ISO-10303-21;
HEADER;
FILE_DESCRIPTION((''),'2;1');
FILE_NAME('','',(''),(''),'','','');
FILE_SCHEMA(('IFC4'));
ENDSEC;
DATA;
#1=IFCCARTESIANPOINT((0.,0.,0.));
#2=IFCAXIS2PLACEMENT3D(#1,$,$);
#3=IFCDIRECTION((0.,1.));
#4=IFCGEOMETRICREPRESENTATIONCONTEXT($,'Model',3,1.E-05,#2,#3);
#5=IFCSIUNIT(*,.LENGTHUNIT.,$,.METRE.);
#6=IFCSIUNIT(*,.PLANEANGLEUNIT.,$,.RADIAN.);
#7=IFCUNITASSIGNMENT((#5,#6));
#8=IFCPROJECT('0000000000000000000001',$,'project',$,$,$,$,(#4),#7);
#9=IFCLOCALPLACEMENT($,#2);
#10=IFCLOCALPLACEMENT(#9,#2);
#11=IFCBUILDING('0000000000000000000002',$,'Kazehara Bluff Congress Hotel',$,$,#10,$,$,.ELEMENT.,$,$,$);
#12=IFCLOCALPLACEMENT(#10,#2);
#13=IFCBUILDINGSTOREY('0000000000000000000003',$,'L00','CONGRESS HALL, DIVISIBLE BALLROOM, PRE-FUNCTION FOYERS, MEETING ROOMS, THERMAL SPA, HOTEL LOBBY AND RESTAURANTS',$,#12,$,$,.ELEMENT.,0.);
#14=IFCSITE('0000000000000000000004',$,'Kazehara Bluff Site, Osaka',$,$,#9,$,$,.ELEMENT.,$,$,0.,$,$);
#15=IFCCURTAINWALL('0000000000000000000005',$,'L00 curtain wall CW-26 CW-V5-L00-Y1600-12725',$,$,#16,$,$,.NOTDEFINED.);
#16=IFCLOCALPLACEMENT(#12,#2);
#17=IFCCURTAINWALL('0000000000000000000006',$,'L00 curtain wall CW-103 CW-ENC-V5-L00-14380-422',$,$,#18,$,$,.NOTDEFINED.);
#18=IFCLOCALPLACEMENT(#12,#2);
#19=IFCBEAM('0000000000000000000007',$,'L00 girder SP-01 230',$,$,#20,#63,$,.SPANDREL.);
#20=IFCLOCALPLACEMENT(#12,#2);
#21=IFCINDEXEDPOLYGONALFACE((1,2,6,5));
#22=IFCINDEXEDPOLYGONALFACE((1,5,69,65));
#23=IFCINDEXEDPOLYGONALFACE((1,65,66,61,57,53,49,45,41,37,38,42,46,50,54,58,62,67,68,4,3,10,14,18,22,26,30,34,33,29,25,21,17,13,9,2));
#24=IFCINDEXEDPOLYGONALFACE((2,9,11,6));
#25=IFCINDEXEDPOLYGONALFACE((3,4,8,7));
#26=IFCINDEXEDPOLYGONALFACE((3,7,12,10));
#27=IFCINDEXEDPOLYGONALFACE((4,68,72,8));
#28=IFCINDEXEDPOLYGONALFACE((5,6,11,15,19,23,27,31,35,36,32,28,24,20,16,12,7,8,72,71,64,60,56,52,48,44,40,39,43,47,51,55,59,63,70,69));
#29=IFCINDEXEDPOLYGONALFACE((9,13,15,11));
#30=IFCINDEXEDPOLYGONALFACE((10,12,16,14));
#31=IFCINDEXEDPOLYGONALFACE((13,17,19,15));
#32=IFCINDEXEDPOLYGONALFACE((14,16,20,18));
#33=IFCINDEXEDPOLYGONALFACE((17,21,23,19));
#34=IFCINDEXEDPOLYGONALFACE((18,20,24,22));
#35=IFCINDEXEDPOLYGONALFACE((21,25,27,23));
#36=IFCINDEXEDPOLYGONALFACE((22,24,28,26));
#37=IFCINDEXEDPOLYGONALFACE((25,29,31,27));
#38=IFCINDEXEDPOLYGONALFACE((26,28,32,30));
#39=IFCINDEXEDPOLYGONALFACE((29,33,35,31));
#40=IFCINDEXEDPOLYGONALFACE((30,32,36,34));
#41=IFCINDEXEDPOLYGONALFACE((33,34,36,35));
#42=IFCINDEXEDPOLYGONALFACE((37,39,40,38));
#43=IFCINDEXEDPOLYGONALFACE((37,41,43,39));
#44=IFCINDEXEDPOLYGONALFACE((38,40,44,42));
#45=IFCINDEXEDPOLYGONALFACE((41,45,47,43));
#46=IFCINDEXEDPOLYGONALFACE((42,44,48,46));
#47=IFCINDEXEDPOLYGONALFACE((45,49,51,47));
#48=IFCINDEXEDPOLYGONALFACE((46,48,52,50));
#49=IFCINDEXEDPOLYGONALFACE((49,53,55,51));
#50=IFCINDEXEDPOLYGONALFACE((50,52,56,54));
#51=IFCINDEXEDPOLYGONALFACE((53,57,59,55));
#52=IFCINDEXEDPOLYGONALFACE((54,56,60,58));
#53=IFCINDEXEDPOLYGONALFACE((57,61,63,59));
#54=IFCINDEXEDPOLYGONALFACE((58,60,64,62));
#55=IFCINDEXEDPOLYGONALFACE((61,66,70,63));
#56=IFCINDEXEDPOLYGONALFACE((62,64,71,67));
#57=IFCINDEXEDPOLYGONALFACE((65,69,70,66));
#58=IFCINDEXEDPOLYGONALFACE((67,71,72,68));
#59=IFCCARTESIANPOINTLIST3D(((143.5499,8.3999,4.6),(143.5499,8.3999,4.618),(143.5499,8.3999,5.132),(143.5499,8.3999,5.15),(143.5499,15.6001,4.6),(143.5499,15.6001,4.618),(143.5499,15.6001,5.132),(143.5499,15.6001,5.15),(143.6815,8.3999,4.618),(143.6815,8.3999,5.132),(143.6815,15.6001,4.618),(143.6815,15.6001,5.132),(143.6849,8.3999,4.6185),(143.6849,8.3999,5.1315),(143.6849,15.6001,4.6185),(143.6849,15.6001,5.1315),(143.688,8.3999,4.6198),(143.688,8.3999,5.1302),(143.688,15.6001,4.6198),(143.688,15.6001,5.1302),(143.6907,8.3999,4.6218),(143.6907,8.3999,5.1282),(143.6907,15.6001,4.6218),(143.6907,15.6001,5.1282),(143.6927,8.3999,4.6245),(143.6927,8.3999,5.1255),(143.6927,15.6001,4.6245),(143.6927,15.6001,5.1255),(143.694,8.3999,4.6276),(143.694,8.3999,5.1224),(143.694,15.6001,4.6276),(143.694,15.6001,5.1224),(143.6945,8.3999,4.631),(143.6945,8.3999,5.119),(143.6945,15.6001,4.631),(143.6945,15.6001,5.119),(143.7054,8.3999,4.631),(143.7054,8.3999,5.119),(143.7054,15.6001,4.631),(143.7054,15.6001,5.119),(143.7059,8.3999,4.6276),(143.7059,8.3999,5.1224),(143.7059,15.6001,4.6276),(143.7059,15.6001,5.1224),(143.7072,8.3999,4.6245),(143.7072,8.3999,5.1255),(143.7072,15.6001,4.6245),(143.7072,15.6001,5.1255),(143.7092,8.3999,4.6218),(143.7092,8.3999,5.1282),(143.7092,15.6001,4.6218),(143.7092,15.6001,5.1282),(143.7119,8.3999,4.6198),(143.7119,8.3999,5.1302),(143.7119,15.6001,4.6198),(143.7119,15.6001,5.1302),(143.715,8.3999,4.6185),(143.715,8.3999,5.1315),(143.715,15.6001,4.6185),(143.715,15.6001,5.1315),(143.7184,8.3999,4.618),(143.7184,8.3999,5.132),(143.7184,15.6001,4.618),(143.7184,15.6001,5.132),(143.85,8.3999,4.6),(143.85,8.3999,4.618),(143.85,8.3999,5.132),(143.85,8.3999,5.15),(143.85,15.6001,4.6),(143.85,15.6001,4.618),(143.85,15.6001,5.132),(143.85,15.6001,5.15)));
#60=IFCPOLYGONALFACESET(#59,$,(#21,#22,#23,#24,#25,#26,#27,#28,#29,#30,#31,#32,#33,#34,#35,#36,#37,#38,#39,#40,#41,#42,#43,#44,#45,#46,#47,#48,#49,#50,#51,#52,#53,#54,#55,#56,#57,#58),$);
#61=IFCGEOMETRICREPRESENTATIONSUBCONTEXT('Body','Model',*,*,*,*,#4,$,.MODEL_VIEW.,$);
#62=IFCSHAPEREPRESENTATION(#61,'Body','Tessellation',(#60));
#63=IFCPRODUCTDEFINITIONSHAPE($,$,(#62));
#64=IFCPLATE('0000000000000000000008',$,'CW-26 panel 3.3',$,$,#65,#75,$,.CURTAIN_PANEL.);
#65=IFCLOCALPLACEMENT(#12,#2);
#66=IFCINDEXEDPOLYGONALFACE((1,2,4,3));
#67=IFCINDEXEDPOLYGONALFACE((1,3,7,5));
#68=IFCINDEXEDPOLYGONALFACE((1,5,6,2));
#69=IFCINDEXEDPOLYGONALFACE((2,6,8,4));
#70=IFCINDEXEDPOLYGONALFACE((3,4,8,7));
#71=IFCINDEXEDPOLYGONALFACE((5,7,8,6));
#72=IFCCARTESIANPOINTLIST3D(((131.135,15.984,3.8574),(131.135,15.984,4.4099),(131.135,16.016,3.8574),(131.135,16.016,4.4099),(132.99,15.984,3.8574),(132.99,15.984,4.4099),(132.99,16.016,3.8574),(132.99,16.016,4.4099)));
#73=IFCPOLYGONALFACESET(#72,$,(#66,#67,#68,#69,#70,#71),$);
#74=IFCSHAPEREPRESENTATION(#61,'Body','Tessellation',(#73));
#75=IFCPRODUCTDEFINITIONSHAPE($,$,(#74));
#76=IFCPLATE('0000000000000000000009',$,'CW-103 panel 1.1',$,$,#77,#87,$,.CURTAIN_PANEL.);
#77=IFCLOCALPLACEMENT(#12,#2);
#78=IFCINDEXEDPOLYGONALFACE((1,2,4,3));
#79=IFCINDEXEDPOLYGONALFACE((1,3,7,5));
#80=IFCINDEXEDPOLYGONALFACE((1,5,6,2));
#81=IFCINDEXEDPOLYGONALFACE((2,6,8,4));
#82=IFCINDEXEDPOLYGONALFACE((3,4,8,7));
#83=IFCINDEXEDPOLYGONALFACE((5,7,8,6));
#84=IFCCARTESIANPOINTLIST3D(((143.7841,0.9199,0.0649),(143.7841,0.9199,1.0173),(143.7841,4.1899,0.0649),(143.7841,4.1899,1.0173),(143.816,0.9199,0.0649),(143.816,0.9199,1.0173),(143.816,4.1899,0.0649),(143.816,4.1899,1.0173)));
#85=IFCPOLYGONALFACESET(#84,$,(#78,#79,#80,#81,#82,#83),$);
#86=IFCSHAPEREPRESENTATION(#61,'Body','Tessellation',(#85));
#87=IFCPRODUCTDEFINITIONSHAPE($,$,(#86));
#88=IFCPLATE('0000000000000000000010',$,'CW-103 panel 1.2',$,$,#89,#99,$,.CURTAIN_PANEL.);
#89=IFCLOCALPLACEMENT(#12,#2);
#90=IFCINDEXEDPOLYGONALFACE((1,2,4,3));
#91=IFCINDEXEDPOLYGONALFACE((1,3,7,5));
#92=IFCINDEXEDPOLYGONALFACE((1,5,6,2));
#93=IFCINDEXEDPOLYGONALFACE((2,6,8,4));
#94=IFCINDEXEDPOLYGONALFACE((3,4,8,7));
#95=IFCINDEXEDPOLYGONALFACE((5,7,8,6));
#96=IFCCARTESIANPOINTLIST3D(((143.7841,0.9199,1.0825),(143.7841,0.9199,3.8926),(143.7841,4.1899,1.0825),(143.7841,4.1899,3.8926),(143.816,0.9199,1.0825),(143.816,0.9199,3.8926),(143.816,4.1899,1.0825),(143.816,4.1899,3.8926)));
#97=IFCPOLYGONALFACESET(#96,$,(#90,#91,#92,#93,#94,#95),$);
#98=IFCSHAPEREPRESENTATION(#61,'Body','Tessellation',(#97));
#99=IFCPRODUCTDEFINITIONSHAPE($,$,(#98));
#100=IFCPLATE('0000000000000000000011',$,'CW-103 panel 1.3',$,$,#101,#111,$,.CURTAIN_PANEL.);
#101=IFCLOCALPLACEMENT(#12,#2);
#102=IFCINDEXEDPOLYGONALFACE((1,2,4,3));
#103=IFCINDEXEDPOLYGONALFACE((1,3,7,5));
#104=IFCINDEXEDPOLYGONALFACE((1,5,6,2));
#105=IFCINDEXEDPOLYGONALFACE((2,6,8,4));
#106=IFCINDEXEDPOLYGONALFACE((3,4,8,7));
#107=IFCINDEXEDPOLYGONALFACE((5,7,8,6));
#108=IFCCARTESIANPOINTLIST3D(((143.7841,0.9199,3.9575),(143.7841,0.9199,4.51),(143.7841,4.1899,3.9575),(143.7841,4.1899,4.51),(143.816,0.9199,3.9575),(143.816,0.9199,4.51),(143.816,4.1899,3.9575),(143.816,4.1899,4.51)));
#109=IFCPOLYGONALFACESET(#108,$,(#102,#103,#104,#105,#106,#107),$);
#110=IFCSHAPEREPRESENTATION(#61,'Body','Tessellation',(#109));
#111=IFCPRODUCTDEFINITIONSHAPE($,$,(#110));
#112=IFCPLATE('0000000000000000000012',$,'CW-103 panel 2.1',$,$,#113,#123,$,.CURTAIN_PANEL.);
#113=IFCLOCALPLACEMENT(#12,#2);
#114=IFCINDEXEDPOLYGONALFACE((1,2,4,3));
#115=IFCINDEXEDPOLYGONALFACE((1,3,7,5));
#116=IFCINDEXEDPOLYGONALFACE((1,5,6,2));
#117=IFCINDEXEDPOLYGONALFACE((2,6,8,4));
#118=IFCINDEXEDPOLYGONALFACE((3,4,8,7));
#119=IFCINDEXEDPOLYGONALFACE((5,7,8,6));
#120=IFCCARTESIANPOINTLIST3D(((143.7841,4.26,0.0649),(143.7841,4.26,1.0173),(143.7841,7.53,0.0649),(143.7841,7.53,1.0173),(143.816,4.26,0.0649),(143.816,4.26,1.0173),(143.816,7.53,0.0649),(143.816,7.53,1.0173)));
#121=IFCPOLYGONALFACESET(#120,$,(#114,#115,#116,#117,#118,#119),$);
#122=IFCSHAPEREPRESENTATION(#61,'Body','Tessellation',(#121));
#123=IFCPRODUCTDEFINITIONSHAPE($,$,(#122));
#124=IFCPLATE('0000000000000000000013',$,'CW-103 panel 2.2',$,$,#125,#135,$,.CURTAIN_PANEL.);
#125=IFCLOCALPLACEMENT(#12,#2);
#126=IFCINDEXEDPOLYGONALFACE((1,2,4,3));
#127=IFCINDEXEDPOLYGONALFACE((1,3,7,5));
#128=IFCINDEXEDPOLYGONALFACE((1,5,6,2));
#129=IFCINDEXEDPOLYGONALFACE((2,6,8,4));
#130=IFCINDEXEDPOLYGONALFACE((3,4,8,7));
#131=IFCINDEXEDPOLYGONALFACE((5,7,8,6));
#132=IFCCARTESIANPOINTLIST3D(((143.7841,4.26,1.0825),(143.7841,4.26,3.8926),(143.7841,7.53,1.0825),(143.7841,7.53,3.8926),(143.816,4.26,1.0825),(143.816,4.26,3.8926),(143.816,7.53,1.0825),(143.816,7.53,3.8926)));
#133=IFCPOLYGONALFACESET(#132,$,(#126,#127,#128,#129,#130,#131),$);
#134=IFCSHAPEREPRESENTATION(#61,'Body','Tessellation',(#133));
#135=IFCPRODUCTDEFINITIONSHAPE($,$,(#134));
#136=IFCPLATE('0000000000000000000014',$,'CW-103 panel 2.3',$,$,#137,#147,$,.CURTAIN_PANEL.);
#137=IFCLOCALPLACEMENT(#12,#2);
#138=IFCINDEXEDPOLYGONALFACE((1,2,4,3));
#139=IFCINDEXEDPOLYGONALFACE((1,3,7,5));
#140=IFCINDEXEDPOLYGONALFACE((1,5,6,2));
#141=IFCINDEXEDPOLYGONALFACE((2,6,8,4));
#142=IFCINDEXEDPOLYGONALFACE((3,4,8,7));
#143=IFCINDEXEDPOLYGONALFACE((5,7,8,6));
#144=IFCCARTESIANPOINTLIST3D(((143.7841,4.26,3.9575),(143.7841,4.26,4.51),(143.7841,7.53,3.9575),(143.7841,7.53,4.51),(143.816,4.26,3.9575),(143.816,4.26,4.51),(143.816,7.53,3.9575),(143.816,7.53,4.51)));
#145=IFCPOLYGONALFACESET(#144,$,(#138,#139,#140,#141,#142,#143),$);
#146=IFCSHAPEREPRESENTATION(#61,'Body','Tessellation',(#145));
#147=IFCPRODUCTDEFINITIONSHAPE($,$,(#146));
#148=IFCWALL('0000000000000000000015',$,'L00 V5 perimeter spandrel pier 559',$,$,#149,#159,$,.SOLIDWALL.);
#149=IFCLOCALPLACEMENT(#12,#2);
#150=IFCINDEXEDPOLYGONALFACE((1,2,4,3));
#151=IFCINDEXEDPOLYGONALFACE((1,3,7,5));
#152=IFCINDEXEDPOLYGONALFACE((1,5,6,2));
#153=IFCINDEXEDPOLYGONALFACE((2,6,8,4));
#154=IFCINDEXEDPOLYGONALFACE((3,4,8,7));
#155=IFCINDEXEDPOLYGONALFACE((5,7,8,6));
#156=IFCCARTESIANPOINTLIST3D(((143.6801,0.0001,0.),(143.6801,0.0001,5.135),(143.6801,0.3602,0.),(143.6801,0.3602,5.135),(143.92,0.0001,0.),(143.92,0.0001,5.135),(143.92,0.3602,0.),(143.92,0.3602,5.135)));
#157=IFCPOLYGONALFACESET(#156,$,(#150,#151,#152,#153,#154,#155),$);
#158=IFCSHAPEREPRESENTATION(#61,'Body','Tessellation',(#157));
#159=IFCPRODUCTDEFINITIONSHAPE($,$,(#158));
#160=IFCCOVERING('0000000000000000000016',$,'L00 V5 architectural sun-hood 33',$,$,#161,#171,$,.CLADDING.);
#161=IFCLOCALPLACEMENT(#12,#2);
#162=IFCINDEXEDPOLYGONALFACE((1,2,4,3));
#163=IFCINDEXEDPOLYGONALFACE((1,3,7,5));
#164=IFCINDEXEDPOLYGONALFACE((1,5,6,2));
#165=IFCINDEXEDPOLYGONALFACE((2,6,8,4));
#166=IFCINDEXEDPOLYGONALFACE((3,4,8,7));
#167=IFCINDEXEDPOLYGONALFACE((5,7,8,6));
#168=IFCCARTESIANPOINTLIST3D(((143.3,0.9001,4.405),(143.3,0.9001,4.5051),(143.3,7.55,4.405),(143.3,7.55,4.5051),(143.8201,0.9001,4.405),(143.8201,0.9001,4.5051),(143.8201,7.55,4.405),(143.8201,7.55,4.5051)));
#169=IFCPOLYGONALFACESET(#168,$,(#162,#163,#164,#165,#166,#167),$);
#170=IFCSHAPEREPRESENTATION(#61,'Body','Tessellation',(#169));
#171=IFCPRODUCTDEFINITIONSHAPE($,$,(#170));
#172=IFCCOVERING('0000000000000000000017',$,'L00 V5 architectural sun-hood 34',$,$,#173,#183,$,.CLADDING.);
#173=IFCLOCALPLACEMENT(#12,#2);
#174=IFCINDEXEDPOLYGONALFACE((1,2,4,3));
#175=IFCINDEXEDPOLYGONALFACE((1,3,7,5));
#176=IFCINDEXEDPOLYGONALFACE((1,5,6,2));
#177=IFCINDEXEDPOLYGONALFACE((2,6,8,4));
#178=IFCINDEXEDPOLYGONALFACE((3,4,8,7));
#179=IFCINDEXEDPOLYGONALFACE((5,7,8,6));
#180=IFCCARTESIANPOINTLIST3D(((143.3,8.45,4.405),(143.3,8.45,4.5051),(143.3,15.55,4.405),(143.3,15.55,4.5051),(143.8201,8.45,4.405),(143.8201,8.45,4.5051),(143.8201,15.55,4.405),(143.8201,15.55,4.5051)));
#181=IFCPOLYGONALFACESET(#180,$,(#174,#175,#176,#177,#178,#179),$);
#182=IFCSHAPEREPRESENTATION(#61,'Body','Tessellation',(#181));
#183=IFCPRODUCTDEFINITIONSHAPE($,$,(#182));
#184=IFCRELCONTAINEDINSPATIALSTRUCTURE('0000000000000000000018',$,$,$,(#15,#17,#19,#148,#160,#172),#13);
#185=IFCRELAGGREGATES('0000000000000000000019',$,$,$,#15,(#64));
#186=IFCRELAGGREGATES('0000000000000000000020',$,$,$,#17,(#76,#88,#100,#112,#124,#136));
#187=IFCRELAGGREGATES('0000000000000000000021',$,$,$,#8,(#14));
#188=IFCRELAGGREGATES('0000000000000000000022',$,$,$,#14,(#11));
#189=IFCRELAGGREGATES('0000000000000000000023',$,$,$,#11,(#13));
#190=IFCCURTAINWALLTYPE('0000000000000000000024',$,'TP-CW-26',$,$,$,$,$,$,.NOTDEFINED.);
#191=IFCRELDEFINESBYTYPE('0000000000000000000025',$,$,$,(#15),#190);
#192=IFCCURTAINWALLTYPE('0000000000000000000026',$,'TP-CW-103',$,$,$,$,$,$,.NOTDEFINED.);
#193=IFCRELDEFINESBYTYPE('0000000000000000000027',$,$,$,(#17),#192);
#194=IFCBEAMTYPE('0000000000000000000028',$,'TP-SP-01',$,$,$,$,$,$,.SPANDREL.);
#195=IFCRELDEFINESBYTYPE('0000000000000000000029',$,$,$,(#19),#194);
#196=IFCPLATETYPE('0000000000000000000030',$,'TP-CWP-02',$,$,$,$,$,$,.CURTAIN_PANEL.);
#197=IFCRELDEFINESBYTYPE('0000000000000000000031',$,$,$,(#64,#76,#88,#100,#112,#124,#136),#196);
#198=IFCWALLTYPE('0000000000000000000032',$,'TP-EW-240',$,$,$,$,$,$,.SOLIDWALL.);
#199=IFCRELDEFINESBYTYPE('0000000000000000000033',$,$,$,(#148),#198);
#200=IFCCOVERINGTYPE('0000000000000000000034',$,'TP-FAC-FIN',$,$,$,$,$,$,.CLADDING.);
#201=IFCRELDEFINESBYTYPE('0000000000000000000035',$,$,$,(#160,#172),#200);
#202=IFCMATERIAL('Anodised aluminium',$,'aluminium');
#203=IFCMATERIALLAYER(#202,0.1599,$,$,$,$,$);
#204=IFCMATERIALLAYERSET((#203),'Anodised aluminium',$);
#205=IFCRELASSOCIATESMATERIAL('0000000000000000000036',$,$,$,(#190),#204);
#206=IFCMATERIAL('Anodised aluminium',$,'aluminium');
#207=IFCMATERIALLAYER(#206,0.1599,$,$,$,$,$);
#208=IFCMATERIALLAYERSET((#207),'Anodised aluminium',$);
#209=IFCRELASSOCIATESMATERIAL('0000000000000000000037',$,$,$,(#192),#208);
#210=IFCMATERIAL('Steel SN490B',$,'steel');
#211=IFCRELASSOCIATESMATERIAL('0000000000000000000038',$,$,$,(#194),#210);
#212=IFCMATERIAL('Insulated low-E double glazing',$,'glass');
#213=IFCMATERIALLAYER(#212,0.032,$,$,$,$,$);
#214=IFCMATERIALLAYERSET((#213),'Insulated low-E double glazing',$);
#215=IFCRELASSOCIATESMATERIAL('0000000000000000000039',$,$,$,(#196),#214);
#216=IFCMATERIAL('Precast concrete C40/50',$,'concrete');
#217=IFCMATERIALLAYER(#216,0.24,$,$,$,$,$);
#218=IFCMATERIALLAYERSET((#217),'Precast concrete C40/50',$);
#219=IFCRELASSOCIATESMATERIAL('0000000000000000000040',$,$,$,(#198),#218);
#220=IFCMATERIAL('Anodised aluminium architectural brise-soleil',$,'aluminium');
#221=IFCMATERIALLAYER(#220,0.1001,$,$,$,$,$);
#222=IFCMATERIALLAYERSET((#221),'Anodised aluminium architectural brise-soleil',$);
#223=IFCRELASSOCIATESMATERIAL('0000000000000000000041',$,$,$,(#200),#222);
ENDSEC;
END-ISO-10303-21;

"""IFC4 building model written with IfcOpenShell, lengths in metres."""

from ifc_helpers import new_model, si_unit, direction, frame, frame_2d, origin, origin_2d, place, context, subcontext, project, spatial, rectangle, i_section, extrude, material, layer, layer_set, material_profile, profile_set, type_object, element, aggregate, save


model = new_model("IFC4")

# Units and contexts
model_context = context("Model", 3, precision=1e-05, world=origin(), true_north=direction((0.0, 1.0)))
body_context = subcontext(model_context, "Body", "Model", "MODEL_VIEW")
ifc_project = project(units=[si_unit("LENGTHUNIT", "METRE"), si_unit("PLANEANGLEUNIT", "RADIAN")], contexts=[model_context])

# Site, building, storey
site_placement = place(None, origin())
site = spatial("IfcSite", under=ifc_project, at=site_placement, Name="Kazehara Bluff Site, Osaka", CompositionType="ELEMENT", RefElevation=0.0)
building_placement = place(site_placement, origin())
building = spatial("IfcBuilding", under=site, at=building_placement, Name="Kazehara Bluff Congress Hotel", CompositionType="ELEMENT")
storey_placement = place(building_placement, origin())
storey = spatial("IfcBuildingStorey", under=building, at=storey_placement, Name="L00", Description="CONGRESS HALL, DIVISIBLE BALLROOM, PRE-FUNCTION FOYERS, MEETING ROOMS, THERMAL SPA, HOTEL LOBBY AND RESTAURANTS", CompositionType="ELEMENT", Elevation=0.0)

# Curtain wall
ifc_material_1 = material(Name="Anodised aluminium", Category="aluminium")
ifc_layer_1 = layer(ifc_material_1, 0.1599)
ifc_layer_set_1 = layer_set([ifc_layer_1], Name="Anodised aluminium")
curtain_wall_type_1 = type_object("IfcCurtainWallType", Name="TP-CW-26", PredefinedType="NOTDEFINED", material=ifc_layer_set_1)
curtain_wall_1_placement = place(storey_placement, origin())
curtain_wall_1 = element("IfcCurtainWall", 1, at=curtain_wall_1_placement, inside=storey, type_object=curtain_wall_type_1, Name="L00 curtain wall CW-26 CW-V5-L00-Y1600-12725", PredefinedType="NOTDEFINED")

# Curtain wall
ifc_material_2 = material(Name="Anodised aluminium", Category="aluminium")
ifc_layer_2 = layer(ifc_material_2, 0.1599)
ifc_layer_set_2 = layer_set([ifc_layer_2], Name="Anodised aluminium")
curtain_wall_type_2 = type_object("IfcCurtainWallType", Name="TP-CW-103", PredefinedType="NOTDEFINED", material=ifc_layer_set_2)
curtain_wall_2_placement = place(storey_placement, origin())
curtain_wall_2 = element("IfcCurtainWall", 2, at=curtain_wall_2_placement, inside=storey, type_object=curtain_wall_type_2, Name="L00 curtain wall CW-103 CW-ENC-V5-L00-14380-422", PredefinedType="NOTDEFINED")

# Beam
ifc_material_3 = material(Name="Steel SN490B", Category="steel")
ifc_material_profile_1 = material_profile(ifc_material_3, i_section(OverallWidth=0.3, OverallDepth=0.55, WebThickness=0.011, FlangeThickness=0.0181, FilletRadius=0.0129, at=origin_2d()))
ifc_profile_set_1 = profile_set([ifc_material_profile_1], Name="Steel SN490B")
beam_type = type_object("IfcBeamType", Name="TP-SP-01", PredefinedType="SPANDREL", material=ifc_profile_set_1)
beam_1_placement = place(storey_placement, frame((143.7, 8.3999, 4.875), z_axis=(0.0, 1.0, 0.0), x_axis=(-1.0, 0.0, 0.0)))
element("IfcBeam", 3, at=beam_1_placement, inside=storey, type_object=beam_type, Name="L00 girder SP-01 230", PredefinedType="SPANDREL", context=body_context, shape_type="SweptSolid", body=[
    extrude(i_section(OverallWidth=0.3, OverallDepth=0.55, WebThickness=0.011, FlangeThickness=0.0181, FilletRadius=0.0129, at=origin_2d()), origin(), (0.0, 0.0, 1.0), 7.2002),
])

# Plates
ifc_material_4 = material(Name="Insulated low-E double glazing", Category="glass")
ifc_layer_3 = layer(ifc_material_4, 0.032)
ifc_layer_set_3 = layer_set([ifc_layer_3], Name="Insulated low-E double glazing")
plate_type = type_object("IfcPlateType", Name="TP-CWP-02", PredefinedType="CURTAIN_PANEL", material=ifc_layer_set_3)
plate_1_placement = place(storey_placement, frame((132.0625, 16.0, 3.8574), z_axis=(0.0, 0.0, 1.0), x_axis=(1.0, 0.0, 0.0)))
plate_1 = element("IfcPlate", 4, at=plate_1_placement, type_object=plate_type, Name="CW-26 panel 3.3", PredefinedType="CURTAIN_PANEL", context=body_context, shape_type="SweptSolid", body=[
    extrude(rectangle(XDim=1.855, YDim=0.032, at=origin_2d()), origin(), (0.0, 0.0, 1.0), 0.5525),
])
aggregate(curtain_wall_1, [plate_1])
plate_2_placement = place(storey_placement, frame((143.8, 2.5549, 0.0649), z_axis=(0.0, 0.0, 1.0), x_axis=(0.0, 1.0, 0.0)))
plate_2 = element("IfcPlate", 5, at=plate_2_placement, type_object=plate_type, Name="CW-103 panel 1.1", PredefinedType="CURTAIN_PANEL", context=body_context, shape_type="SweptSolid", body=[
    extrude(rectangle(XDim=3.27, YDim=0.032, at=origin_2d()), origin(), (0.0, 0.0, 1.0), 0.9524),
])
plate_3_placement = place(storey_placement, frame((143.8, 2.5549, 1.0825), z_axis=(0.0, 0.0, 1.0), x_axis=(0.0, 1.0, 0.0)))
plate_3 = element("IfcPlate", 6, at=plate_3_placement, type_object=plate_type, Name="CW-103 panel 1.2", PredefinedType="CURTAIN_PANEL", context=body_context, shape_type="SweptSolid", body=[
    extrude(rectangle(XDim=3.27, YDim=0.032, at=origin_2d()), origin(), (0.0, 0.0, 1.0), 2.8101),
])
plate_4_placement = place(storey_placement, frame((143.8, 2.5549, 3.9575), z_axis=(0.0, 0.0, 1.0), x_axis=(0.0, 1.0, 0.0)))
plate_4 = element("IfcPlate", 7, at=plate_4_placement, type_object=plate_type, Name="CW-103 panel 1.3", PredefinedType="CURTAIN_PANEL", context=body_context, shape_type="SweptSolid", body=[
    extrude(rectangle(XDim=3.27, YDim=0.032, at=origin_2d()), origin(), (0.0, 0.0, 1.0), 0.5525),
])
plate_5_placement = place(storey_placement, frame((143.8, 5.895, 0.0649), z_axis=(0.0, 0.0, 1.0), x_axis=(0.0, 1.0, 0.0)))
plate_5 = element("IfcPlate", 8, at=plate_5_placement, type_object=plate_type, Name="CW-103 panel 2.1", PredefinedType="CURTAIN_PANEL", context=body_context, shape_type="SweptSolid", body=[
    extrude(rectangle(XDim=3.27, YDim=0.032, at=origin_2d()), origin(), (0.0, 0.0, 1.0), 0.9524),
])
plate_6_placement = place(storey_placement, frame((143.8, 5.895, 1.0825), z_axis=(0.0, 0.0, 1.0), x_axis=(0.0, 1.0, 0.0)))
plate_6 = element("IfcPlate", 9, at=plate_6_placement, type_object=plate_type, Name="CW-103 panel 2.2", PredefinedType="CURTAIN_PANEL", context=body_context, shape_type="SweptSolid", body=[
    extrude(rectangle(XDim=3.27, YDim=0.032, at=origin_2d()), origin(), (0.0, 0.0, 1.0), 2.8101),
])
plate_7_placement = place(storey_placement, frame((143.8, 5.895, 3.9575), z_axis=(0.0, 0.0, 1.0), x_axis=(0.0, 1.0, 0.0)))
plate_7 = element("IfcPlate", 10, at=plate_7_placement, type_object=plate_type, Name="CW-103 panel 2.3", PredefinedType="CURTAIN_PANEL", context=body_context, shape_type="SweptSolid", body=[
    extrude(rectangle(XDim=3.27, YDim=0.032, at=origin_2d()), origin(), (0.0, 0.0, 1.0), 0.5525),
])
aggregate(curtain_wall_2, [plate_2, plate_3, plate_4, plate_5, plate_6, plate_7])

# Wall
ifc_material_5 = material(Name="Precast concrete C40/50", Category="concrete")
ifc_layer_4 = layer(ifc_material_5, 0.24)
ifc_layer_set_4 = layer_set([ifc_layer_4], Name="Precast concrete C40/50")
wall_type = type_object("IfcWallType", Name="TP-EW-240", PredefinedType="SOLIDWALL", material=ifc_layer_set_4)
wall_placement = place(storey_placement, frame((143.8, 0.0, 0.0), z_axis=(0.0, 0.0, 1.0), x_axis=(0.0, 1.0, 0.0)))
element("IfcWall", 11, at=wall_placement, inside=storey, type_object=wall_type, Name="L00 V5 perimeter spandrel pier 559", PredefinedType="SOLIDWALL", context=body_context, shape_type="SweptSolid", body=[
    extrude(rectangle(XDim=0.3601, YDim=0.24, at=frame_2d((0.1802, 0.0))), origin(), (0.0, 0.0, 1.0), 5.135),
])

# Coverings
ifc_material_6 = material(Name="Anodised aluminium architectural brise-soleil", Category="aluminium")
ifc_layer_5 = layer(ifc_material_6, 0.1001)
ifc_layer_set_5 = layer_set([ifc_layer_5], Name="Anodised aluminium architectural brise-soleil")
covering_type = type_object("IfcCoveringType", Name="TP-FAC-FIN", PredefinedType="CLADDING", material=ifc_layer_set_5)
covering_1_placement = place(storey_placement, frame((143.5601, 4.2251, 4.405), z_axis=(0.0, 0.0, 1.0), x_axis=(1.0, 0.0, 0.0)))
element("IfcCovering", 12, at=covering_1_placement, inside=storey, type_object=covering_type, Name="L00 V5 architectural sun-hood 33", PredefinedType="CLADDING", context=body_context, shape_type="SweptSolid", body=[
    extrude(rectangle(XDim=0.52, YDim=6.6499, at=origin_2d()), origin(), (0.0, 0.0, 1.0), 0.1001),
])
covering_2_placement = place(storey_placement, frame((143.5601, 12.0, 4.405), z_axis=(0.0, 0.0, 1.0), x_axis=(1.0, 0.0, 0.0)))
element("IfcCovering", 13, at=covering_2_placement, inside=storey, type_object=covering_type, Name="L00 V5 architectural sun-hood 34", PredefinedType="CLADDING", context=body_context, shape_type="SweptSolid", body=[
    extrude(rectangle(XDim=0.52, YDim=7.1001, at=origin_2d()), origin(), (0.0, 0.0, 1.0), 0.1001),
])

save(model, "model.ifc")
